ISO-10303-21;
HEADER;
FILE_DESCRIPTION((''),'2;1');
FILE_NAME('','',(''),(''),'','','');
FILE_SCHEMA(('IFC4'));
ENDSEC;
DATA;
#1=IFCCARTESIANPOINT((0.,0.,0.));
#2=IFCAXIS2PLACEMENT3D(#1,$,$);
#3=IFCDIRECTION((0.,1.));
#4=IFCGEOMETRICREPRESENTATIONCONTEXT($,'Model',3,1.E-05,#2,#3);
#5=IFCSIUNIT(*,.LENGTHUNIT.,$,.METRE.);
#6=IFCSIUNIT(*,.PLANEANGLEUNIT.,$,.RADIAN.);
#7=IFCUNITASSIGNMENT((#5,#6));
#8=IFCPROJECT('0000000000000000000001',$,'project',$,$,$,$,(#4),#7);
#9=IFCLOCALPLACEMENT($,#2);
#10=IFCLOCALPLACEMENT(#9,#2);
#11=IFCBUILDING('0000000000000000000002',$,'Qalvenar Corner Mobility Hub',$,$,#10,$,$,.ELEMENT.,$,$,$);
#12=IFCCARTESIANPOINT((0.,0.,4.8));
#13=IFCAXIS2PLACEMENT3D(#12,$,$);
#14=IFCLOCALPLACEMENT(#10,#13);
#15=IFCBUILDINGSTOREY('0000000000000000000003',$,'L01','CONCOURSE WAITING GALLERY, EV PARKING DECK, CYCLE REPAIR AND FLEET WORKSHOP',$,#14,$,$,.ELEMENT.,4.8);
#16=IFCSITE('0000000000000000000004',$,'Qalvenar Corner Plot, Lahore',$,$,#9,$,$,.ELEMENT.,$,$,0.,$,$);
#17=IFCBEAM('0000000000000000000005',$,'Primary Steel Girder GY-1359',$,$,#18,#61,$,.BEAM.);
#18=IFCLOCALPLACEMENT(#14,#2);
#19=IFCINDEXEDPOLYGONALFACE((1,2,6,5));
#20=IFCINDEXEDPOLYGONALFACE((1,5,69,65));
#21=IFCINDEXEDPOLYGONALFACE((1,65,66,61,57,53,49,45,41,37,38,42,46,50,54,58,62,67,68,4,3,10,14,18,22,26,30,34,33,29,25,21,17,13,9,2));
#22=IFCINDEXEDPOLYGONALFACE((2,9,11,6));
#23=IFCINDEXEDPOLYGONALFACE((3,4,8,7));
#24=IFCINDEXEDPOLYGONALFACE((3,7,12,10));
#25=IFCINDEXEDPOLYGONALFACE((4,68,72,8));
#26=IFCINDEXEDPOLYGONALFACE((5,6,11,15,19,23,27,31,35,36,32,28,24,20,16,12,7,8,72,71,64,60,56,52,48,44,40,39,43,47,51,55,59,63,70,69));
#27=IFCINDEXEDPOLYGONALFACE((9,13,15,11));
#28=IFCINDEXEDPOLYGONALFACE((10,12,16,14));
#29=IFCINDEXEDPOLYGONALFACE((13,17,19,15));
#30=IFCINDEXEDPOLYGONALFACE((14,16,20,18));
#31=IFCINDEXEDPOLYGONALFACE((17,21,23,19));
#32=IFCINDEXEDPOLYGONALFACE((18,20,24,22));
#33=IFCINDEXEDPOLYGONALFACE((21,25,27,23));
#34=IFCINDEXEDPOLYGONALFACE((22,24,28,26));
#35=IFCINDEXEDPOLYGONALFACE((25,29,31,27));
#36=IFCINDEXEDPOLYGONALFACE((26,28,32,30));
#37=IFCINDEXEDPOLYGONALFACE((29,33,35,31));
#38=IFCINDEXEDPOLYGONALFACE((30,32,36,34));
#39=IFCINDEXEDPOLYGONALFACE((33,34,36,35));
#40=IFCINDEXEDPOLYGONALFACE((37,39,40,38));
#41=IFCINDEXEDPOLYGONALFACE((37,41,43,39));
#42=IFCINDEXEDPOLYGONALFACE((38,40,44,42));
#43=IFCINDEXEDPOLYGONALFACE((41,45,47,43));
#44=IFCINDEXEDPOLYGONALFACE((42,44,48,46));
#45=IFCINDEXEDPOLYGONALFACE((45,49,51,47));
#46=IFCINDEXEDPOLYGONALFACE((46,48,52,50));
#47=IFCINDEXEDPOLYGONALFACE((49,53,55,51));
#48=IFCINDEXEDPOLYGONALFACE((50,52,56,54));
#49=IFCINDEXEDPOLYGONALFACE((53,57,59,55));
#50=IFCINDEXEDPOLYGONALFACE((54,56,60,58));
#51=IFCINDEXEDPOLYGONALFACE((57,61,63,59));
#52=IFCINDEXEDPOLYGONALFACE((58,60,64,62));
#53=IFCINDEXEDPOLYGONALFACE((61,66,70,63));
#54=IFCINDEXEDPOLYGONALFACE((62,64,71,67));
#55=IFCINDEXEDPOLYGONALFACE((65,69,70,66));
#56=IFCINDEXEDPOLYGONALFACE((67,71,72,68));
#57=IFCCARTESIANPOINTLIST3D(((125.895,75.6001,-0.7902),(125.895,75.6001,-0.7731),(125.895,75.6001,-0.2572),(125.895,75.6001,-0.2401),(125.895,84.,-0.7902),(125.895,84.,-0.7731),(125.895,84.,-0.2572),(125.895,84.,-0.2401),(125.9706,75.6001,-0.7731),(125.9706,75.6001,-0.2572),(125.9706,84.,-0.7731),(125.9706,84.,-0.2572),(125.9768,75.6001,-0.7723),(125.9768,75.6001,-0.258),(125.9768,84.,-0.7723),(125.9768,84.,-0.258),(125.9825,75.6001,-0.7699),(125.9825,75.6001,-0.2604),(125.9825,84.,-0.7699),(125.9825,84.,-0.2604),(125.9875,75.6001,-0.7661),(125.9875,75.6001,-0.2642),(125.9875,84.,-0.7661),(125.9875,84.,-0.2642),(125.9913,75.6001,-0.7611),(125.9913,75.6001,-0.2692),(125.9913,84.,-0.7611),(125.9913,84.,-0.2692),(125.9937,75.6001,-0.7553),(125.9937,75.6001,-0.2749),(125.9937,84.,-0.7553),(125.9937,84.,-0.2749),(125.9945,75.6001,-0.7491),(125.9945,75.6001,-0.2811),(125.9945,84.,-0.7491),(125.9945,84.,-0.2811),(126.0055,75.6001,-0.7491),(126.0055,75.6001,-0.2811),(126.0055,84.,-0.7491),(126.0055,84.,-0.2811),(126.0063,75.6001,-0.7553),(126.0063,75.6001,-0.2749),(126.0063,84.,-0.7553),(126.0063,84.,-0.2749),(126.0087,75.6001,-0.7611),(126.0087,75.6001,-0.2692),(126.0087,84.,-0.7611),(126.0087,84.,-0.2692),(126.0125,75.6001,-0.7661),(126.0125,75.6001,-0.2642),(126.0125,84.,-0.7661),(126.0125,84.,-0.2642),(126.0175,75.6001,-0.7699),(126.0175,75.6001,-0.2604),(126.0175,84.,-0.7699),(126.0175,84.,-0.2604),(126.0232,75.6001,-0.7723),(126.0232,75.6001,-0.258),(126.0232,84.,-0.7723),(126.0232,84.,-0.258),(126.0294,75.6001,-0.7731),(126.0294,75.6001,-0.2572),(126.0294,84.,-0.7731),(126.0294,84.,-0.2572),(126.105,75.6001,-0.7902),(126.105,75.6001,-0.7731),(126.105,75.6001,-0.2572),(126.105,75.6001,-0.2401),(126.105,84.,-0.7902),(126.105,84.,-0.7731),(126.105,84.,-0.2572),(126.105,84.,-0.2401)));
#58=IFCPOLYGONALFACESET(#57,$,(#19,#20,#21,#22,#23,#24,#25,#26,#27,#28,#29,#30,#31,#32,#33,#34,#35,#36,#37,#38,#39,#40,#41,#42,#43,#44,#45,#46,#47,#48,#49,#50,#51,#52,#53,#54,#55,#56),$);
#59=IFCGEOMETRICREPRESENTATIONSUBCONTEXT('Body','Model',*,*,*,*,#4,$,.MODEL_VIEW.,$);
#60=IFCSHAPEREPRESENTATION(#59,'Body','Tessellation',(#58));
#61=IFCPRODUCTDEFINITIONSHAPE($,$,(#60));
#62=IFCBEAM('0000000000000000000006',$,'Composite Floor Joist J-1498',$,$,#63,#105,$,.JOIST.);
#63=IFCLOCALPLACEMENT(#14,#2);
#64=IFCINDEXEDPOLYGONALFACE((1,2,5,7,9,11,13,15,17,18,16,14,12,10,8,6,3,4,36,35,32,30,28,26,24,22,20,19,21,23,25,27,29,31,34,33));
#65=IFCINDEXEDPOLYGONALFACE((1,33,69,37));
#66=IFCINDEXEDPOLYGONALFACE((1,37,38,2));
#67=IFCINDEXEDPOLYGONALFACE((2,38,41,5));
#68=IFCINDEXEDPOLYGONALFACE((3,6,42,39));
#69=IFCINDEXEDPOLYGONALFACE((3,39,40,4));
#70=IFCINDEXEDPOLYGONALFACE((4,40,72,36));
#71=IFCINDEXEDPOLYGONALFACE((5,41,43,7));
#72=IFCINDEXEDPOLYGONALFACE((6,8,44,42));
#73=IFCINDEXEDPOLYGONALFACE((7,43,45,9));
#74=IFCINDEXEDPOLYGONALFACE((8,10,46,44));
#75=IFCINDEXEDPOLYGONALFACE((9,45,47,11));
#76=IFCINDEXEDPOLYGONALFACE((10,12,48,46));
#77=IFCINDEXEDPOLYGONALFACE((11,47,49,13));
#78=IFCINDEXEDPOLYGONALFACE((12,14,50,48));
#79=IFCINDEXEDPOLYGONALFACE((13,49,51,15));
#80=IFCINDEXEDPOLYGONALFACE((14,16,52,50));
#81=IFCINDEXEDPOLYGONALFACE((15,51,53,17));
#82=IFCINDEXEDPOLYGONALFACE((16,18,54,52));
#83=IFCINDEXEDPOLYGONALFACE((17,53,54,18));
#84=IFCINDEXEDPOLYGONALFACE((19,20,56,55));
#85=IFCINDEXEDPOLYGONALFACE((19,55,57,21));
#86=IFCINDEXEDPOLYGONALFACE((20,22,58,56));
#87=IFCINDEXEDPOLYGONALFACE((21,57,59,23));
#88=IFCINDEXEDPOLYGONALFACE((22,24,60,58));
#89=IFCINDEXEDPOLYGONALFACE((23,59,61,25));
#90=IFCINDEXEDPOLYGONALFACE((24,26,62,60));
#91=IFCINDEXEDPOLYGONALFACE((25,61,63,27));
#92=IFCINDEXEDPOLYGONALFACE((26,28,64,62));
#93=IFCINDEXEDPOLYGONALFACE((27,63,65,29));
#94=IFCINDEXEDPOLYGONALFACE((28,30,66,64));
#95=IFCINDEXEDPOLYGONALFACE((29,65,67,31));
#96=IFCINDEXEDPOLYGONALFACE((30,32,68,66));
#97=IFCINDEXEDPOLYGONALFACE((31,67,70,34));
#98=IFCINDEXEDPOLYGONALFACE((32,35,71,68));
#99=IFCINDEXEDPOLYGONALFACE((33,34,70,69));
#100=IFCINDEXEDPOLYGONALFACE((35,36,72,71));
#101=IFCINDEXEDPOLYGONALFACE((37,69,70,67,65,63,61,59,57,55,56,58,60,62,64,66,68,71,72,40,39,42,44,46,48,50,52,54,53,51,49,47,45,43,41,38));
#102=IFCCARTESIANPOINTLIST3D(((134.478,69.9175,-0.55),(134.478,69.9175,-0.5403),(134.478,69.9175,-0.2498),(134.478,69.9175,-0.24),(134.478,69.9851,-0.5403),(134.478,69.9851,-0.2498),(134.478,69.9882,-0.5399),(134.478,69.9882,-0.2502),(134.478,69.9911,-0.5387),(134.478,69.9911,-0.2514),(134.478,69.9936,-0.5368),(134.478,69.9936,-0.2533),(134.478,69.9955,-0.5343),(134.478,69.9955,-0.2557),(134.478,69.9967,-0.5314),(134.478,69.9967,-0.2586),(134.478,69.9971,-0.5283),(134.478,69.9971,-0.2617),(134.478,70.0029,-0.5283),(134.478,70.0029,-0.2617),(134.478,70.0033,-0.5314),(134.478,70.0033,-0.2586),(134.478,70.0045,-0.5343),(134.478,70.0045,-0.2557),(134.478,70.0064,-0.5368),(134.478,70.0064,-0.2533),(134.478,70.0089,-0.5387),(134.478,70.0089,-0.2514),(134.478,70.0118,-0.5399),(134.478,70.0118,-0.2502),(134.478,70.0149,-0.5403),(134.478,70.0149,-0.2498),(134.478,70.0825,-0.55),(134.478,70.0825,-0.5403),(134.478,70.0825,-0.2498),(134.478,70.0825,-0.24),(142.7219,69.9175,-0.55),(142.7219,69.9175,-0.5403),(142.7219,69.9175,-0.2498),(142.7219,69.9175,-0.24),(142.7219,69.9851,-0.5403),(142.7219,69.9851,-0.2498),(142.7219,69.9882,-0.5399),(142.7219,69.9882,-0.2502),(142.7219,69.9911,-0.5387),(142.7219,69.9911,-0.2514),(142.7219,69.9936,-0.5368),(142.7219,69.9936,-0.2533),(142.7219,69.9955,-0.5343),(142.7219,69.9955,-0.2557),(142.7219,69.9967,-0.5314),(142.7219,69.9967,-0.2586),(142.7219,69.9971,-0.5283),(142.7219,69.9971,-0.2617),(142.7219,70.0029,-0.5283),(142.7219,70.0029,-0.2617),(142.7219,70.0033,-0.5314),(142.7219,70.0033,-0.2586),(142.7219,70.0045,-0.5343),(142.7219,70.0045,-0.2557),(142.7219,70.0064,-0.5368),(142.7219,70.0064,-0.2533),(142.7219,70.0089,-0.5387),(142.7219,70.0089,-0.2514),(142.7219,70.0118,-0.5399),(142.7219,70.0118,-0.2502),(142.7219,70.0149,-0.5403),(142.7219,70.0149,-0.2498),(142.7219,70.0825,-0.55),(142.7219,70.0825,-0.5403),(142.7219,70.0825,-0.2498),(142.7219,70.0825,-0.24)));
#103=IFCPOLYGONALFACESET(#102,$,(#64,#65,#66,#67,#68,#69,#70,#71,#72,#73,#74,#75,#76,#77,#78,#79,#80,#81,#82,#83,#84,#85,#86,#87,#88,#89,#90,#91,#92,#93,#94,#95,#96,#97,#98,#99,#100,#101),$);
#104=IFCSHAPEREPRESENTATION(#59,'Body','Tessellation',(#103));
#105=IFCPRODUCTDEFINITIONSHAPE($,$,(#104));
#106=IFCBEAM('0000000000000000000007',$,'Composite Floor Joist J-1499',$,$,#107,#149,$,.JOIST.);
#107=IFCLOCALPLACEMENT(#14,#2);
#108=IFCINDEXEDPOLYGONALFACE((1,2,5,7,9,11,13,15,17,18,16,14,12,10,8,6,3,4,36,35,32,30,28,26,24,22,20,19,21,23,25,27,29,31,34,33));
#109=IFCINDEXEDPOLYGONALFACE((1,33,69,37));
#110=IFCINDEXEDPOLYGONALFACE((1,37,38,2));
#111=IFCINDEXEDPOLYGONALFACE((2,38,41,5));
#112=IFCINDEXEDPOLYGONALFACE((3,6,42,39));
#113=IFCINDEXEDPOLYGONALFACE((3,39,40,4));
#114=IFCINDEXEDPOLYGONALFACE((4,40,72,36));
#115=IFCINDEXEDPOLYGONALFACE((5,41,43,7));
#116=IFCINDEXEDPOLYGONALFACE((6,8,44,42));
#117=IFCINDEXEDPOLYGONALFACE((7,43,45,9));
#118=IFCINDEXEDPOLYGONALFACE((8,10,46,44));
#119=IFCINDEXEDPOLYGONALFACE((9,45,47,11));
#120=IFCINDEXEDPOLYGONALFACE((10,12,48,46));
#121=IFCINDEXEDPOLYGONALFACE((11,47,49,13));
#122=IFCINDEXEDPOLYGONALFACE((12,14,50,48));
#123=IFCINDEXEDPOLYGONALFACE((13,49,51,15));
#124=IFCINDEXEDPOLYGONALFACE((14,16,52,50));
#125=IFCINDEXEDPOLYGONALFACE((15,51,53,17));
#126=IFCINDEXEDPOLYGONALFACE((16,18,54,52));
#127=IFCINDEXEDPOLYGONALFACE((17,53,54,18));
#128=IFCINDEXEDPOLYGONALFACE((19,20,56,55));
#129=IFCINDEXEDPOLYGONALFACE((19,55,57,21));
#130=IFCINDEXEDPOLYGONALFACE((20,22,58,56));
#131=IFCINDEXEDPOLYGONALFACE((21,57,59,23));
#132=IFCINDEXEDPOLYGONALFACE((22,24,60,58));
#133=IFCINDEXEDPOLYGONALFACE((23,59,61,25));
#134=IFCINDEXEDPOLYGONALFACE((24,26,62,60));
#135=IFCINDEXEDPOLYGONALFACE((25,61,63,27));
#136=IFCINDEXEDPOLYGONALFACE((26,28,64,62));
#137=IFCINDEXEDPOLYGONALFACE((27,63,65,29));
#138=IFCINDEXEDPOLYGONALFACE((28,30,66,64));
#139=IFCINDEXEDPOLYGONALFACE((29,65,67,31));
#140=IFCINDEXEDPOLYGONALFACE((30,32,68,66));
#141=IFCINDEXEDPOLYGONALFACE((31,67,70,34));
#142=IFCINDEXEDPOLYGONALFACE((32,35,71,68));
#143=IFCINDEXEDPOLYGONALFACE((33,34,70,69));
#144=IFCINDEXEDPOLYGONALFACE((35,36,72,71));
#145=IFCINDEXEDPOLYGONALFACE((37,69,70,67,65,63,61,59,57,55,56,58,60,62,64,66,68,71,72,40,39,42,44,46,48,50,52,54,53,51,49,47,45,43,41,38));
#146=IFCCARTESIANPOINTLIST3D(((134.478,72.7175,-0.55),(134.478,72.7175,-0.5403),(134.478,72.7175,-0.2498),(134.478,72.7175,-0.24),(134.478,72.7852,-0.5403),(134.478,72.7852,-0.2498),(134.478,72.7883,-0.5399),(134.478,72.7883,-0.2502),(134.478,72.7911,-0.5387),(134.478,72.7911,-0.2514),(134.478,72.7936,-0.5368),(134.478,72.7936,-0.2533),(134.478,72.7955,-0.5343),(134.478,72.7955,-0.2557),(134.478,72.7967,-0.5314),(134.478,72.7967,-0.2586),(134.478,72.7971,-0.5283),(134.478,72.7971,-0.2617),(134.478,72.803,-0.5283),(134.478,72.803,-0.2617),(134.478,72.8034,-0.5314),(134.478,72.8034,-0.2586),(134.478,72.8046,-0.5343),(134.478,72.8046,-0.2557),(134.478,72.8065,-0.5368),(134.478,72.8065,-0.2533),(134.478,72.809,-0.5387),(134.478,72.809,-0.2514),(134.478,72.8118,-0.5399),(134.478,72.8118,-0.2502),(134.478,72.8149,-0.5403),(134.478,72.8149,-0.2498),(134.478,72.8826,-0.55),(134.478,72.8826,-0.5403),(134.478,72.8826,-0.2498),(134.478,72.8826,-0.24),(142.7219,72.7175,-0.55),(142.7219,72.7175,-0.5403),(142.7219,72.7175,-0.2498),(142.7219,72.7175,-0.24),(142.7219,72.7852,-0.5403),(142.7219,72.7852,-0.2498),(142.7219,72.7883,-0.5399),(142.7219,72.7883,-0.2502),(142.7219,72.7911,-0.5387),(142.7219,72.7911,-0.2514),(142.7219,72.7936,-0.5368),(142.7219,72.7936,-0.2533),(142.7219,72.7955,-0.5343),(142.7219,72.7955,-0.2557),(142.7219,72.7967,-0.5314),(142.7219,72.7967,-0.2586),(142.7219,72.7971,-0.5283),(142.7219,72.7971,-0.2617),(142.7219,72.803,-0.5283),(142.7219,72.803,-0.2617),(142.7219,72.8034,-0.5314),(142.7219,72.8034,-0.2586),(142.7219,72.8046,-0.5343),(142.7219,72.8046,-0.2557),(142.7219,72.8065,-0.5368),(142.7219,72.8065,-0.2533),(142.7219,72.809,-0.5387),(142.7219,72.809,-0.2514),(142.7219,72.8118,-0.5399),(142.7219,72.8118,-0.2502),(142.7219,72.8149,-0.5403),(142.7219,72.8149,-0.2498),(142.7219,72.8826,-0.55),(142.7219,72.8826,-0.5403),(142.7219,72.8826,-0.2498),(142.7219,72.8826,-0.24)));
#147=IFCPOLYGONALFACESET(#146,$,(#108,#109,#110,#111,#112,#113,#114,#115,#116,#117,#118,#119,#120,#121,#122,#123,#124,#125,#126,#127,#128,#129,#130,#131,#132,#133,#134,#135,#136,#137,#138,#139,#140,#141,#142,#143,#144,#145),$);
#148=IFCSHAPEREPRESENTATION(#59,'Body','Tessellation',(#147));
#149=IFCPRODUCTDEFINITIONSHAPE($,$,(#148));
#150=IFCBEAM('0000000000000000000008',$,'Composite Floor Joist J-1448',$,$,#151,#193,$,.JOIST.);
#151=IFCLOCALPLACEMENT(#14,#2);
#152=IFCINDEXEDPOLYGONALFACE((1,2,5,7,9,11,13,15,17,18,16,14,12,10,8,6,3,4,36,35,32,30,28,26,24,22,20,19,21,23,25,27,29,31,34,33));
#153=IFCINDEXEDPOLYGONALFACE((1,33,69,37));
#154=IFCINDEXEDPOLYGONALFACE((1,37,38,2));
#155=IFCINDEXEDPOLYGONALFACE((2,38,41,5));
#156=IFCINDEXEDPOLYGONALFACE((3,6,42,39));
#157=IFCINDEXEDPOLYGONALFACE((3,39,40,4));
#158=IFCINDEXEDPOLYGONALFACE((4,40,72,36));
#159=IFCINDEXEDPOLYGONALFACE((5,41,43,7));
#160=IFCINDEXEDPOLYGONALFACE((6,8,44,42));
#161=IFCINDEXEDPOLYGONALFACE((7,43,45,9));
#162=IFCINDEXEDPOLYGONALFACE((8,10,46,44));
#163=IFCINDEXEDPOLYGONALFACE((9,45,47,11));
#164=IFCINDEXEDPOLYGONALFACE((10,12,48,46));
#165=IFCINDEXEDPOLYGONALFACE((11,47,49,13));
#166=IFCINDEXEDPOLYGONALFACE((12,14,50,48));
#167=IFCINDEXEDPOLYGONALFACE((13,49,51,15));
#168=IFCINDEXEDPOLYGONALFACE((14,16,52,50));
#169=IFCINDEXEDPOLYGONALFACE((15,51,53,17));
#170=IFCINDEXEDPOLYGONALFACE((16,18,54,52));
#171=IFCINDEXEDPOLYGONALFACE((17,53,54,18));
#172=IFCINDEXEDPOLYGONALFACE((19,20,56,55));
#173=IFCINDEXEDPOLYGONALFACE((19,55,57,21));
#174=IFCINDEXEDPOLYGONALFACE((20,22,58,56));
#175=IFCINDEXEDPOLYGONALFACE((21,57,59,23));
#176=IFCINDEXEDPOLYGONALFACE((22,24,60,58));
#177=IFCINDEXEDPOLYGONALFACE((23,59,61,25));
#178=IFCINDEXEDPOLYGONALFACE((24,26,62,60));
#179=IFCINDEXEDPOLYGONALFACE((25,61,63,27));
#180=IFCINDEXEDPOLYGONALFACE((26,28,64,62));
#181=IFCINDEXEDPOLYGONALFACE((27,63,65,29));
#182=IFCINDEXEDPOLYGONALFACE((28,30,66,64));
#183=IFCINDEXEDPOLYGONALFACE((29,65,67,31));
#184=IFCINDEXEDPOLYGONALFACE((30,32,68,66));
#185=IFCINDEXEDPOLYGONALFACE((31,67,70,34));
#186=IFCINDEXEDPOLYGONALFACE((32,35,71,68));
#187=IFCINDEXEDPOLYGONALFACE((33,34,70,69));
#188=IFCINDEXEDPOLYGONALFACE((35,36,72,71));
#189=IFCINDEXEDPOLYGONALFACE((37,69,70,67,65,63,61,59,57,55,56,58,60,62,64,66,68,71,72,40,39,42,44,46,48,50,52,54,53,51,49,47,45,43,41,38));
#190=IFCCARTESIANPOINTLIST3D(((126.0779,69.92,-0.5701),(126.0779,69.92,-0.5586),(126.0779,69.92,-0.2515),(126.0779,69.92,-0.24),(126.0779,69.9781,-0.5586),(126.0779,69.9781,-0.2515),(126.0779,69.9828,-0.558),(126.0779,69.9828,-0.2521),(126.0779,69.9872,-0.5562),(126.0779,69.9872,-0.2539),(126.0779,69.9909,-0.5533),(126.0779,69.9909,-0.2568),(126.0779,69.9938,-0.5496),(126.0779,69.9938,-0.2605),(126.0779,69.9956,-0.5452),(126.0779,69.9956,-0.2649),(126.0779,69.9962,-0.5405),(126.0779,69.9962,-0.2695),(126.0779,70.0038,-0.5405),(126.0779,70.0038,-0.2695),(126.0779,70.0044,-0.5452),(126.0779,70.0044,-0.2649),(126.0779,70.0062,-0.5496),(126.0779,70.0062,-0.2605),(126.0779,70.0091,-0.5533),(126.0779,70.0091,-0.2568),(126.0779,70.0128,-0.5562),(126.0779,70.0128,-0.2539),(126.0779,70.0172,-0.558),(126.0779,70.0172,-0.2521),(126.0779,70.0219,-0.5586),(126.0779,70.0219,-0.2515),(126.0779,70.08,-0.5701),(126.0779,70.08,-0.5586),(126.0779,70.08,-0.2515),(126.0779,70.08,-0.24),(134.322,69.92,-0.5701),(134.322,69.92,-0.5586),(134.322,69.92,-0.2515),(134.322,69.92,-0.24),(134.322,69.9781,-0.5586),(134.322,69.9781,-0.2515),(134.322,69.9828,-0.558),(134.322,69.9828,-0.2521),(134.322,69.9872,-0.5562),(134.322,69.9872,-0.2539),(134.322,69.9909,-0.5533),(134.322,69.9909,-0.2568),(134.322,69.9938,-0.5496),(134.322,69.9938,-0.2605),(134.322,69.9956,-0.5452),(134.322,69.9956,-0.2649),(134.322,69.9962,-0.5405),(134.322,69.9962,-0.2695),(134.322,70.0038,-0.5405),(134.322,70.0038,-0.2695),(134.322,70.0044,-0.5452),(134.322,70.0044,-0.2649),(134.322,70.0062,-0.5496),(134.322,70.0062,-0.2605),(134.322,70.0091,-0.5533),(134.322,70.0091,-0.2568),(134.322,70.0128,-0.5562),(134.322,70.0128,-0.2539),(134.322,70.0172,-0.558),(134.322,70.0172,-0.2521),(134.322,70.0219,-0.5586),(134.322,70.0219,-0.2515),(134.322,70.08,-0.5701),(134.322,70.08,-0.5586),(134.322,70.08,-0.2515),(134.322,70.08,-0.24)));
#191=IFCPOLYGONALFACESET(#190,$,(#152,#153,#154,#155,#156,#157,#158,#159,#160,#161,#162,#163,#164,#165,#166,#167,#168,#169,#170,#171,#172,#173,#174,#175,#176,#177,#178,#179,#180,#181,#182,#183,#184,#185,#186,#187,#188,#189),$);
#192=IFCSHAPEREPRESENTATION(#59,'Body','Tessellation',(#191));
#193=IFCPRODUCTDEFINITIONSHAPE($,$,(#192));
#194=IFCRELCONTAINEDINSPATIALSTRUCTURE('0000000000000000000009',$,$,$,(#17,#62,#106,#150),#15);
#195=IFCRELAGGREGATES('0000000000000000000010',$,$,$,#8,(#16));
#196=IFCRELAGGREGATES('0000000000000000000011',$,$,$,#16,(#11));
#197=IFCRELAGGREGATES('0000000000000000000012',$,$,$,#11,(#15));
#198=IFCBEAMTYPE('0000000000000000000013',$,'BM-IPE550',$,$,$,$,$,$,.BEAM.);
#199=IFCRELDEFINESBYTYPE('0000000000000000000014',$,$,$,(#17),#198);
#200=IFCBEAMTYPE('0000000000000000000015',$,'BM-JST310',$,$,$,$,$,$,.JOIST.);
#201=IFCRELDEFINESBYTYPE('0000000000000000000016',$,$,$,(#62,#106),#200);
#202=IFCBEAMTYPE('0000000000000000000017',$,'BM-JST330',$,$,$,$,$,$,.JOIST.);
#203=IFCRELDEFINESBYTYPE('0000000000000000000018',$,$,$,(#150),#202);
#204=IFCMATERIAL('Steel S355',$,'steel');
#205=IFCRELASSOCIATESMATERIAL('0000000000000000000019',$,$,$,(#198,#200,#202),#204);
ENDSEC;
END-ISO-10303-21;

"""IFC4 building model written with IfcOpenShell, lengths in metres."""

from ifc_helpers import new_model, si_unit, direction, frame, origin, origin_2d, place, context, subcontext, project, spatial, i_section, extrude, material, material_profile, profile_set, type_object, element, save


model = new_model("IFC4")

# Units and contexts
model_context = context("Model", 3, precision=1e-05, world=origin(), true_north=direction((0.0, 1.0)))
body_context = subcontext(model_context, "Body", "Model", "MODEL_VIEW")
ifc_project = project(units=[si_unit("LENGTHUNIT", "METRE"), si_unit("PLANEANGLEUNIT", "RADIAN")], contexts=[model_context])

# Site, building, storey
site_placement = place(None, origin())
site = spatial("IfcSite", under=ifc_project, at=site_placement, Name="Qalvenar Corner Plot, Lahore", CompositionType="ELEMENT", RefElevation=0.0)
building_placement = place(site_placement, origin())
building = spatial("IfcBuilding", under=site, at=building_placement, Name="Qalvenar Corner Mobility Hub", CompositionType="ELEMENT")
storey_placement = place(building_placement, frame((0.0, 0.0, 4.8)))
storey = spatial("IfcBuildingStorey", under=building, at=storey_placement, Name="L01", Description="CONCOURSE WAITING GALLERY, EV PARKING DECK, CYCLE REPAIR AND FLEET WORKSHOP", CompositionType="ELEMENT", Elevation=4.8)

# Shared definitions
ifc_material_1 = material(Name="Steel S355", Category="steel")

# Beams
ifc_material_profile_1 = material_profile(ifc_material_1, i_section(OverallWidth=0.21, OverallDepth=0.55, WebThickness=0.011, FlangeThickness=0.0171, FilletRadius=0.0239, at=origin_2d()), Name="IPE550")
ifc_profile_set_1 = profile_set([ifc_material_profile_1], Name="Steel S355")
beam_type_1 = type_object("IfcBeamType", Name="BM-IPE550", PredefinedType="BEAM", material=ifc_profile_set_1)
beam_1_placement = place(storey_placement, frame((126.0, 75.6001, -0.5151), z_axis=(0.0, 1.0, 0.0), x_axis=(-1.0, 0.0, 0.0)))
element("IfcBeam", 1, at=beam_1_placement, inside=storey, type_object=beam_type_1, Name="Primary Steel Girder GY-1359", PredefinedType="BEAM", context=body_context, shape_type="SweptSolid", body=[
    extrude(i_section(OverallWidth=0.21, OverallDepth=0.55, WebThickness=0.011, FlangeThickness=0.0171, FilletRadius=0.0239, at=origin_2d()), origin(), (0.0, 0.0, 1.0), 8.3999),
])
ifc_material_profile_2 = material_profile(ifc_material_1, i_section(OverallWidth=0.165, OverallDepth=0.3101, WebThickness=0.0059, FlangeThickness=0.0098, FilletRadius=0.012, at=origin_2d()), Name="W310x38.7")
ifc_profile_set_2 = profile_set([ifc_material_profile_2], Name="Steel S355")
beam_type_2 = type_object("IfcBeamType", Name="BM-JST310", PredefinedType="JOIST", material=ifc_profile_set_2)
for number, where, z_axis, x_axis, name in (
    (2, (134.478, 70.0, -0.395), (1.0, 0.0, 0.0), (0.0, 1.0, 0.0), "Composite Floor Joist J-1498"),
    (3, (134.478, 72.8, -0.395), (1.0, 0.0, 0.0), (0.0, 1.0, 0.0), "Composite Floor Joist J-1499"),
):
    element("IfcBeam", number, at=place(storey_placement, frame(where, z_axis=z_axis, x_axis=x_axis)), inside=storey, type_object=beam_type_2, Name=name, PredefinedType="JOIST", context=body_context, shape_type="SweptSolid", body=[
        extrude(i_section(OverallWidth=0.165, OverallDepth=0.3101, WebThickness=0.0059, FlangeThickness=0.0098, FilletRadius=0.012, at=origin_2d()), origin(), (0.0, 0.0, 1.0), 8.2439),
    ])
ifc_material_profile_3 = material_profile(ifc_material_1, i_section(OverallWidth=0.1599, OverallDepth=0.3301, WebThickness=0.0076, FlangeThickness=0.0115, FilletRadius=0.0181, at=origin_2d()), Name="IPE330")
ifc_profile_set_3 = profile_set([ifc_material_profile_3], Name="Steel S355")
beam_type_3 = type_object("IfcBeamType", Name="BM-JST330", PredefinedType="JOIST", material=ifc_profile_set_3)
for number, where, z_axis, x_axis, name in (
    (4, (126.0779, 70.0, -0.405), (1.0, 0.0, 0.0), (0.0, 1.0, 0.0), "Composite Floor Joist J-1448"),
):
    element("IfcBeam", number, at=place(storey_placement, frame(where, z_axis=z_axis, x_axis=x_axis)), inside=storey, type_object=beam_type_3, Name=name, PredefinedType="JOIST", context=body_context, shape_type="SweptSolid", body=[
        extrude(i_section(OverallWidth=0.1599, OverallDepth=0.3301, WebThickness=0.0076, FlangeThickness=0.0115, FilletRadius=0.0181, at=origin_2d()), origin(), (0.0, 0.0, 1.0), 8.2441),
    ])

save(model, "model.ifc")
